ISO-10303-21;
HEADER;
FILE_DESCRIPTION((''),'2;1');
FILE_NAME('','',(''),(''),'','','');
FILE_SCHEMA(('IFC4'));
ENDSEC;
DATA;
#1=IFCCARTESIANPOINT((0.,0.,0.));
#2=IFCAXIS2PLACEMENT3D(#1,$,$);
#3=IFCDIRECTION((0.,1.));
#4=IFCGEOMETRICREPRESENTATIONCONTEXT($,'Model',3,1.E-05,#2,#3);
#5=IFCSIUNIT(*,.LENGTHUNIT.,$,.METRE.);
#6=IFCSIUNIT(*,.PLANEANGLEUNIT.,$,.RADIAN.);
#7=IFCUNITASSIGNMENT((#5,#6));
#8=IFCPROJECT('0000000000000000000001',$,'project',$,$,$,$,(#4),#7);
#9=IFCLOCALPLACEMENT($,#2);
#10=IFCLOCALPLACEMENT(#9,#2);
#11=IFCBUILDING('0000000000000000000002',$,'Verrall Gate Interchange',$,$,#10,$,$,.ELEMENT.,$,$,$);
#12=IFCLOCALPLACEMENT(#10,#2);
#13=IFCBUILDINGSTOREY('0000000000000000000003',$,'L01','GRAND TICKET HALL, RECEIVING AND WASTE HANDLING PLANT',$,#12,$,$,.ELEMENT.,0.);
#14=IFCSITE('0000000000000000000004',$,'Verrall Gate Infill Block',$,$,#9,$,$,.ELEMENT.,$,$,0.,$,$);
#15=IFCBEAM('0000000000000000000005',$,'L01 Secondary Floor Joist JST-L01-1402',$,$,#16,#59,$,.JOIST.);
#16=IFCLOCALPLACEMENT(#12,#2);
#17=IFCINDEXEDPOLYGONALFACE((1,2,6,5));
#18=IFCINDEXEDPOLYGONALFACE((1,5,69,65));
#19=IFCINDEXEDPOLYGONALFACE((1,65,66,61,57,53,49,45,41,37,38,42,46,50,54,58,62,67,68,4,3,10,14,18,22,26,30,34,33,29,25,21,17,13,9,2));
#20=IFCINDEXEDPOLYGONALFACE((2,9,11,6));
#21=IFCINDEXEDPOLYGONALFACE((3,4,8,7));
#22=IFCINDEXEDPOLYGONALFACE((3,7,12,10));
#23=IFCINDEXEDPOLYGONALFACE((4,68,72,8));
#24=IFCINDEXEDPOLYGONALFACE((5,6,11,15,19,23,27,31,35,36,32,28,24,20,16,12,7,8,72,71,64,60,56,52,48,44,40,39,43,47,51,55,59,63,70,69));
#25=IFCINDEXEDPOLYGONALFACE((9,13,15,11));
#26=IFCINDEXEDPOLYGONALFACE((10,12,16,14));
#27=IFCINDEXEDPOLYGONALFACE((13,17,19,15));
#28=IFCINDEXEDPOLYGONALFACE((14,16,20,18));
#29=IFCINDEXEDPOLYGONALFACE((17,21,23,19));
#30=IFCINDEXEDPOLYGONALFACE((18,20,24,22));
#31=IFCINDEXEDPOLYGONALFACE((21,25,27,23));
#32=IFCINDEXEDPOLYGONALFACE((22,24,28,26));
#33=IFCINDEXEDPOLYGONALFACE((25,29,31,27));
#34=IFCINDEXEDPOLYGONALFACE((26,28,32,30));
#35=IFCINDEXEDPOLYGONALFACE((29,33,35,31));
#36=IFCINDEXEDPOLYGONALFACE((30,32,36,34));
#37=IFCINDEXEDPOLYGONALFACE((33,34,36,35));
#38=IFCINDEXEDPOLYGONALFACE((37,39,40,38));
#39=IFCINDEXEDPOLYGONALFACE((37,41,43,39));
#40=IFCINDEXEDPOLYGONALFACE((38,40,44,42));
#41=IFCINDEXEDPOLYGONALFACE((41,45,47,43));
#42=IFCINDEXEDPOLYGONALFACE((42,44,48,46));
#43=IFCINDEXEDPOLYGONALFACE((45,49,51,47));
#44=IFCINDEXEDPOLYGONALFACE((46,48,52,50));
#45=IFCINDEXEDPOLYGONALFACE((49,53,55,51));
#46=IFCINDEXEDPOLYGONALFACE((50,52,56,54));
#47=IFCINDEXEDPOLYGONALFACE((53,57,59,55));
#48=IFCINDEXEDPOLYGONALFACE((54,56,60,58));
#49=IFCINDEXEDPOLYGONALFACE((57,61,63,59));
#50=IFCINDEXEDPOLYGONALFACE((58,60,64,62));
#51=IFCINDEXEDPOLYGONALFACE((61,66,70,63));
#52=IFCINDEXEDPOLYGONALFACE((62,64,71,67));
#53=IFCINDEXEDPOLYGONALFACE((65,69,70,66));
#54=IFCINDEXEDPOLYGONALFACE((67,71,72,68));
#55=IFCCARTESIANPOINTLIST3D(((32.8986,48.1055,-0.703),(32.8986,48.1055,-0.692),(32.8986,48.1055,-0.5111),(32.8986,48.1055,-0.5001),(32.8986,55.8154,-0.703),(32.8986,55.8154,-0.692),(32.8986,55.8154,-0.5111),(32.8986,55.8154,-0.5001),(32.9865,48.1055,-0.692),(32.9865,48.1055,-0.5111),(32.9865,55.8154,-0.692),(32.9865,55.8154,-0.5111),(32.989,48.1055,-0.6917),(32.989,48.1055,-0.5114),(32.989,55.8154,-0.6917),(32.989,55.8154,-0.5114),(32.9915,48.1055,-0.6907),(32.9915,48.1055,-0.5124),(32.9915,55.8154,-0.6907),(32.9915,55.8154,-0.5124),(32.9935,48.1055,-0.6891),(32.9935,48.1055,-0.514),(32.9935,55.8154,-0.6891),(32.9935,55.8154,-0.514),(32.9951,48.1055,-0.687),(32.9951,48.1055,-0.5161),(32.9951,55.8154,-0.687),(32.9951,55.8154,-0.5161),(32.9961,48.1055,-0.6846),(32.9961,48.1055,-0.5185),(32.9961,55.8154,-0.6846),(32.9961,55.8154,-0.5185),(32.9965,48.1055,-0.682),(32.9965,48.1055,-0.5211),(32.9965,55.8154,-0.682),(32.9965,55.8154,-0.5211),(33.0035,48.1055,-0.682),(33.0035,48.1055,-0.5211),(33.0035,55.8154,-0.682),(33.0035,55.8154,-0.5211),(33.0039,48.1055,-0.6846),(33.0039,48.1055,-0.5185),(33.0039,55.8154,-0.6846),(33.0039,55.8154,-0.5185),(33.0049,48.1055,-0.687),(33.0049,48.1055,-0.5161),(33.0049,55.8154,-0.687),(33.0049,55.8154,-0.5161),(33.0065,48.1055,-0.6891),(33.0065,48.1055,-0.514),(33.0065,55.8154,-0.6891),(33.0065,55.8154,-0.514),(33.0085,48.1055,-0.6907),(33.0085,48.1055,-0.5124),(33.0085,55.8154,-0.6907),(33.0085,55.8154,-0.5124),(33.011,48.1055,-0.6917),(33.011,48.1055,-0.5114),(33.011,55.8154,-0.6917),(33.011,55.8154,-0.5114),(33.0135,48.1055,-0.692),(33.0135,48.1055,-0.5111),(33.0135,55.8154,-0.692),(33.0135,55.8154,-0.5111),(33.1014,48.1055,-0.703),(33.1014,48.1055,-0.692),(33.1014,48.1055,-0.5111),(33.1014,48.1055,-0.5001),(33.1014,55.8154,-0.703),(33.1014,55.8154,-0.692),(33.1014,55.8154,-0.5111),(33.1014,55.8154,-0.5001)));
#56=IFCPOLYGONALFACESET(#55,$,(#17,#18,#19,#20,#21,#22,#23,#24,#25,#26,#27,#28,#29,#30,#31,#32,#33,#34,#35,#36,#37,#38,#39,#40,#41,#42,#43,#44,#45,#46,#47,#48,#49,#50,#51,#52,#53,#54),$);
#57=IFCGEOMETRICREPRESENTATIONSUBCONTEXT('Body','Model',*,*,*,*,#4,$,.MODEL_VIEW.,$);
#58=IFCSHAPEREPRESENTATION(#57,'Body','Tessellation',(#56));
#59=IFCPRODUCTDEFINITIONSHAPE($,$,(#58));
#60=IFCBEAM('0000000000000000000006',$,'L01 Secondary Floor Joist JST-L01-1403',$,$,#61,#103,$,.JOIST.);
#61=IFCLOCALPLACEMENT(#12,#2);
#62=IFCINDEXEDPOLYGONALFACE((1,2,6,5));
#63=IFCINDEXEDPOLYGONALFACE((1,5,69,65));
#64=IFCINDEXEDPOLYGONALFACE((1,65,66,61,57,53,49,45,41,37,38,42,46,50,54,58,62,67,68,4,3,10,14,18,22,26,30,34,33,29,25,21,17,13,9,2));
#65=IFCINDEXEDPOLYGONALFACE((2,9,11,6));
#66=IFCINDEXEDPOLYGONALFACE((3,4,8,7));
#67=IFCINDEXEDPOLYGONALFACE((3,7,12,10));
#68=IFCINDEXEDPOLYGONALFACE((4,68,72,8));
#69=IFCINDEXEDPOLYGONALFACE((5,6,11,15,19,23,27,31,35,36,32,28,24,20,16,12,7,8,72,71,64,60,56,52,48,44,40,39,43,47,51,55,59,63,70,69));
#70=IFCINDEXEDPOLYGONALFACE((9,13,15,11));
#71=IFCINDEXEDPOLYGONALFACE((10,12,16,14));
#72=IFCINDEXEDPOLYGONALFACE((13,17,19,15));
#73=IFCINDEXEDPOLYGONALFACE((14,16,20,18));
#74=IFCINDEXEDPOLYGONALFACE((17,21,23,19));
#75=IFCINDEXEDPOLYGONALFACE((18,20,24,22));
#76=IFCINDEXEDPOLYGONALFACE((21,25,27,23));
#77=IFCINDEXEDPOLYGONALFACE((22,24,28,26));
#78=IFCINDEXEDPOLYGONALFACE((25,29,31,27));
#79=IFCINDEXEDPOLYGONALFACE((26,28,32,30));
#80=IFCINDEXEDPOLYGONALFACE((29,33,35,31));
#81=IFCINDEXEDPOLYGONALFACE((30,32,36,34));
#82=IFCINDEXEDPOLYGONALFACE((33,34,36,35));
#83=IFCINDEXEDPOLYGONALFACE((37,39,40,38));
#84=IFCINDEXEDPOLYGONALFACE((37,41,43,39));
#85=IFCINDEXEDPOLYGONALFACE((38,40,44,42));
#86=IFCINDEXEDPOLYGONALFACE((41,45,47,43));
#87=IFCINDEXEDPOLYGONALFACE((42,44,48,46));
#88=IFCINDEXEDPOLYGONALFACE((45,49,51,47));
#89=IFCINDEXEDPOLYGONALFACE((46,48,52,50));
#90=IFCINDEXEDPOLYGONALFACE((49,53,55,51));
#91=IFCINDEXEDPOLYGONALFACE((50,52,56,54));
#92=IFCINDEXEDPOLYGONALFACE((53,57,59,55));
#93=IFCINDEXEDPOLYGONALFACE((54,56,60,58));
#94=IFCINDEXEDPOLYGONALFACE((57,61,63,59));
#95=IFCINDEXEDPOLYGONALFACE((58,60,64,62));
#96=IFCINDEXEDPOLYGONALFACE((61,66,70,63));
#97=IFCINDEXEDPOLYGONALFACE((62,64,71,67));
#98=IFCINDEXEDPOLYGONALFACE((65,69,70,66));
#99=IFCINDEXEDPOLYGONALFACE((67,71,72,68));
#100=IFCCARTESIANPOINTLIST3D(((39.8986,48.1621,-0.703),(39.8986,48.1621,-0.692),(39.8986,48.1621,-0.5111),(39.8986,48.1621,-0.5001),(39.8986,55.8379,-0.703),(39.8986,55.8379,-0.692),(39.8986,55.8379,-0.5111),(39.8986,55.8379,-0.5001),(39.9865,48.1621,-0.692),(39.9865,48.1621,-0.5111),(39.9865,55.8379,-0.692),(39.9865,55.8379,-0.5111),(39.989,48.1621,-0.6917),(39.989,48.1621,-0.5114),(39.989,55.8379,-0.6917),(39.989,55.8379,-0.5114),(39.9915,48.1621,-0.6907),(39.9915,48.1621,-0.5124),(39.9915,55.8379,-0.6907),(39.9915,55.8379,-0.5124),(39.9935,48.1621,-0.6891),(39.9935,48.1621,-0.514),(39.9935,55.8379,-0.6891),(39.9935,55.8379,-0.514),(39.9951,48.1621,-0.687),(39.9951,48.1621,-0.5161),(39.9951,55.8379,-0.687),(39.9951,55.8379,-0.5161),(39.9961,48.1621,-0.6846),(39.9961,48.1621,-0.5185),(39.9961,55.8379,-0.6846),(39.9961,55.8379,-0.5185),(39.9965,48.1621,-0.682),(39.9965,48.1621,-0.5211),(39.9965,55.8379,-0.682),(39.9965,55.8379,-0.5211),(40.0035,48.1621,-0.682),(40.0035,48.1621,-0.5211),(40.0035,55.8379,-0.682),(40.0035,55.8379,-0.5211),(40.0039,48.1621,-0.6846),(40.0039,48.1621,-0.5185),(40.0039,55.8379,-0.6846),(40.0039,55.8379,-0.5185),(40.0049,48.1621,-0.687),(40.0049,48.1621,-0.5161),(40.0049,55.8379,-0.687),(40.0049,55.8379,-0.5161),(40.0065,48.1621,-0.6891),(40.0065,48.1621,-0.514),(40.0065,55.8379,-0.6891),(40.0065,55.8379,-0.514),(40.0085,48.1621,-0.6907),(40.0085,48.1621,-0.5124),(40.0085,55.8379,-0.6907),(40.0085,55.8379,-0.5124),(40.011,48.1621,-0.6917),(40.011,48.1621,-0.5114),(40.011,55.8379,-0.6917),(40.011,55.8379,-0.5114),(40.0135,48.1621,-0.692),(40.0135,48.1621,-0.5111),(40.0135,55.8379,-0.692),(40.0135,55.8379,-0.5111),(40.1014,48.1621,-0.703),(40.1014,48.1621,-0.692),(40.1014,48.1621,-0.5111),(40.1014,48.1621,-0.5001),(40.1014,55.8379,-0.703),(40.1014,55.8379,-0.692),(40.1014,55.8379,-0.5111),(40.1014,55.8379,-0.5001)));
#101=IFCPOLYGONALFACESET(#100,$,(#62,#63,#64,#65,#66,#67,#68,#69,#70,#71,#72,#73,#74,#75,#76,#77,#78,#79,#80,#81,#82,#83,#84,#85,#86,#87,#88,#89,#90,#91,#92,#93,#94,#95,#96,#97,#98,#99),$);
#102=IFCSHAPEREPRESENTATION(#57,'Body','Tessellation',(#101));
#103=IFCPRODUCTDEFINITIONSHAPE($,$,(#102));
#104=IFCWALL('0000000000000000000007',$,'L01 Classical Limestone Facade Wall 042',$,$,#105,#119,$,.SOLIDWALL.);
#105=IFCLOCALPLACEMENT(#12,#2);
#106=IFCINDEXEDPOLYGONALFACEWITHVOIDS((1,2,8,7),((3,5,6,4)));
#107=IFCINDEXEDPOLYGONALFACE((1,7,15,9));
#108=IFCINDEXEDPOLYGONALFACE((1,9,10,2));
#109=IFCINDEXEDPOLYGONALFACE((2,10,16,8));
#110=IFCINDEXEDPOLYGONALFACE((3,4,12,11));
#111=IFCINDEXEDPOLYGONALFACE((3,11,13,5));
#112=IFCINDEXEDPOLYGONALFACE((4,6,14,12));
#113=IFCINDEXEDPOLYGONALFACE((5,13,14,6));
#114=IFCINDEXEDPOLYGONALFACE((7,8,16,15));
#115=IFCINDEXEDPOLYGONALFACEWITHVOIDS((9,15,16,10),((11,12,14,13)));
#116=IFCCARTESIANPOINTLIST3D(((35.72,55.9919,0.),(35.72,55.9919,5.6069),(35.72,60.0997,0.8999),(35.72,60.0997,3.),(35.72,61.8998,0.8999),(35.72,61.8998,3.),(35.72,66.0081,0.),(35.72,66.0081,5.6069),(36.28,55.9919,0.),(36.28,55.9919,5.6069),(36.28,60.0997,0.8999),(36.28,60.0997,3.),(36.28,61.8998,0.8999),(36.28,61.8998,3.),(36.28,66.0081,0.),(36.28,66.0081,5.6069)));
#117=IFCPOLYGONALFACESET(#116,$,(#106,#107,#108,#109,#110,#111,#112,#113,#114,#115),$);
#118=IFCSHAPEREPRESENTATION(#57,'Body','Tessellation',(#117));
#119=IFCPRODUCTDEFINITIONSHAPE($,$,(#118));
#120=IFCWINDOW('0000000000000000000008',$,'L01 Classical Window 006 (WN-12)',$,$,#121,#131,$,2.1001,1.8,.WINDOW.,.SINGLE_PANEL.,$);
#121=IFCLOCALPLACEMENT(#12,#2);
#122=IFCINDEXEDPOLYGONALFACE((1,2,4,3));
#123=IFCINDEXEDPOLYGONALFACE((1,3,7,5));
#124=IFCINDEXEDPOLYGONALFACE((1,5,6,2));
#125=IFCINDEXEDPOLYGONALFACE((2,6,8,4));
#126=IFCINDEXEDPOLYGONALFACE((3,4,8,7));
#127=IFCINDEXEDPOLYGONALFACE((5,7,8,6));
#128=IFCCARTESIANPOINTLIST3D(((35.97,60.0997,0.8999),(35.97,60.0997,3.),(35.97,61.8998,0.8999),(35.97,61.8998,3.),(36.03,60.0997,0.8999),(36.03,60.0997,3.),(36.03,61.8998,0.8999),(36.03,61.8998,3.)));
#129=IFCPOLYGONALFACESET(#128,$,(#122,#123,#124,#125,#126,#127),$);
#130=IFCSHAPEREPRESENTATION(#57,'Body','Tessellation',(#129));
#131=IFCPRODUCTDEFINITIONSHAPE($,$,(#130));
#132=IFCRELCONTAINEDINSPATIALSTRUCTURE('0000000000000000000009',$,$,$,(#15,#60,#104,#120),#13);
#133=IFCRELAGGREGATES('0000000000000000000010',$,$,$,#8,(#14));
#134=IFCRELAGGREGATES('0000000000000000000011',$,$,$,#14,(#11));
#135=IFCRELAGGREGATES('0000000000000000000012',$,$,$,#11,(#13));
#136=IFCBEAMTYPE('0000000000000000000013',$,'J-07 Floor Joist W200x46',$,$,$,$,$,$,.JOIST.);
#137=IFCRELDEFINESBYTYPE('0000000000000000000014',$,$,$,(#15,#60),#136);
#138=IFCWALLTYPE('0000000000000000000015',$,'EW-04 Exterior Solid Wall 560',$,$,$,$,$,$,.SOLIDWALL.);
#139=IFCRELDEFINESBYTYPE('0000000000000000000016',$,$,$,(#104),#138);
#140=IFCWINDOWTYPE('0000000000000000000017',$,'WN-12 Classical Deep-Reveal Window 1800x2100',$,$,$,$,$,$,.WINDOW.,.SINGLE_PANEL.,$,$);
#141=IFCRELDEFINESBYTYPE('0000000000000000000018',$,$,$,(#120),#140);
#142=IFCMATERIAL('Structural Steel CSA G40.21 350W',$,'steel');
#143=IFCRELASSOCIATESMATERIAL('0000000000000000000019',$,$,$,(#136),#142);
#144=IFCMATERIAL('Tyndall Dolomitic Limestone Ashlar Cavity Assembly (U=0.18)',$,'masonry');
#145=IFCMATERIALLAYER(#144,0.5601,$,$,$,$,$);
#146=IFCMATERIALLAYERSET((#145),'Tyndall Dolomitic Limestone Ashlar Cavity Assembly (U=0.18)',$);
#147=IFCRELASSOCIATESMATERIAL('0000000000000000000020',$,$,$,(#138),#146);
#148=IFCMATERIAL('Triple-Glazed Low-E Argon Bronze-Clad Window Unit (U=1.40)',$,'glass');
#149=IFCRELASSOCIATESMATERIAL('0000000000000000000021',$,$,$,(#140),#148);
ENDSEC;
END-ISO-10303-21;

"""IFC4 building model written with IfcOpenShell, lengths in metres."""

from ifc_helpers import new_model, si_unit, direction, frame, frame_2d, origin, origin_2d, place, context, subcontext, project, spatial, rectangle, i_section, extrude, material, layer, layer_set, material_profile, profile_set, type_object, element, fill, save


model = new_model("IFC4")

# Units and contexts
model_context = context("Model", 3, precision=1e-05, world=origin(), true_north=direction((0.0, 1.0)))
body_context = subcontext(model_context, "Body", "Model", "MODEL_VIEW")
ifc_project = project(units=[si_unit("LENGTHUNIT", "METRE"), si_unit("PLANEANGLEUNIT", "RADIAN")], contexts=[model_context])

# Site, building, storey
site_placement = place(None, origin())
site = spatial("IfcSite", under=ifc_project, at=site_placement, Name="Verrall Gate Infill Block", CompositionType="ELEMENT", RefElevation=0.0)
building_placement = place(site_placement, origin())
building = spatial("IfcBuilding", under=site, at=building_placement, Name="Verrall Gate Interchange", CompositionType="ELEMENT")
storey_placement = place(building_placement, origin())
storey = spatial("IfcBuildingStorey", under=building, at=storey_placement, Name="L01", Description="GRAND TICKET HALL, RECEIVING AND WASTE HANDLING PLANT", CompositionType="ELEMENT", Elevation=0.0)

# Beams
ifc_material_1 = material(Name="Structural Steel CSA G40.21 350W", Category="steel")
ifc_material_profile_1 = material_profile(ifc_material_1, i_section(OverallWidth=0.2029, OverallDepth=0.2029, WebThickness=0.0071, FlangeThickness=0.011, FilletRadius=0.01, at=origin_2d()), Name="W200x46")
ifc_profile_set_1 = profile_set([ifc_material_profile_1], Name="Structural Steel CSA G40.21 350W")
beam_type_1 = type_object("IfcBeamType", Name="J-07 Floor Joist W200x46", PredefinedType="JOIST", material=ifc_profile_set_1)
beam_1_placement = place(storey_placement, frame((33.0, 48.1055, -0.6016), z_axis=(0.0, 1.0, 0.0), x_axis=(-1.0, 0.0, 0.0)))
element("IfcBeam", 1, at=beam_1_placement, inside=storey, type_object=beam_type_1, Name="L01 Secondary Floor Joist JST-L01-1402", PredefinedType="JOIST", context=body_context, shape_type="SweptSolid", body=[
    extrude(i_section(OverallWidth=0.2029, OverallDepth=0.2029, WebThickness=0.0071, FlangeThickness=0.011, FilletRadius=0.01, at=origin_2d()), origin(), (0.0, 0.0, 1.0), 7.71),
])
beam_2_placement = place(storey_placement, frame((40.0, 48.1621, -0.6016), z_axis=(0.0, 1.0, 0.0), x_axis=(-1.0, 0.0, 0.0)))
element("IfcBeam", 2, at=beam_2_placement, inside=storey, type_object=beam_type_1, Name="L01 Secondary Floor Joist JST-L01-1403", PredefinedType="JOIST", context=body_context, shape_type="SweptSolid", body=[
    extrude(i_section(OverallWidth=0.2029, OverallDepth=0.2029, WebThickness=0.0071, FlangeThickness=0.011, FilletRadius=0.01, at=origin_2d()), origin(), (0.0, 0.0, 1.0), 7.6758),
])

# Wall, opening, window
ifc_material_2 = material(Name="Tyndall Dolomitic Limestone Ashlar Cavity Assembly (U=0.18)", Category="masonry")
ifc_layer = layer(ifc_material_2, 0.5601)
ifc_layer_set = layer_set([ifc_layer], Name="Tyndall Dolomitic Limestone Ashlar Cavity Assembly (U=0.18)")
wall_type = type_object("IfcWallType", Name="EW-04 Exterior Solid Wall 560", PredefinedType="SOLIDWALL", material=ifc_layer_set)
wall_placement = place(storey_placement, frame((36.0, 55.9919, 0.0), z_axis=(0.0, 0.0, 1.0), x_axis=(0.0, 1.0, 0.0)))
wall = element("IfcWall", 3, at=wall_placement, inside=storey, type_object=wall_type, Name="L01 Classical Limestone Facade Wall 042", PredefinedType="SOLIDWALL", context=body_context, shape_type="SweptSolid", body=[
    extrude(rectangle(XDim=10.0161, YDim=0.5601, at=frame_2d((5.0081, 0.0))), origin(), (0.0, 0.0, 1.0), 5.6069),
])
opening_placement = place(wall_placement, frame((4.1079, 0.0, 0.8999)))
opening = element("IfcOpeningElement", 4, at=opening_placement, cuts=wall, PredefinedType="OPENING", context=body_context, shape_type="SweptSolid", body=[
    extrude(rectangle(XDim=1.8, YDim=2.1001, at=frame_2d((0.8999, 1.05))), frame((0.0, 0.2949, 0.0), z_axis=(0.0, -1.0, 0.0), x_axis=(1.0, 0.0, 0.0)), (0.0, 0.0, 1.0), 0.5898),
])
ifc_material_3 = material(Name="Triple-Glazed Low-E Argon Bronze-Clad Window Unit (U=1.40)", Category="glass")
window_type = type_object("IfcWindowType", Name="WN-12 Classical Deep-Reveal Window 1800x2100", PartitioningType="SINGLE_PANEL", PredefinedType="WINDOW", material=ifc_material_3)
window_placement = place(opening_placement, origin())
window = element("IfcWindow", 5, at=window_placement, inside=storey, type_object=window_type, Name="L01 Classical Window 006 (WN-12)", OverallHeight=2.1001, OverallWidth=1.8, PartitioningType="SINGLE_PANEL", PredefinedType="WINDOW", context=body_context, shape_type="SweptSolid", body=[
    extrude(rectangle(XDim=1.8, YDim=2.1001, at=frame_2d((0.8999, 1.05))), frame((0.0, 0.03, 0.0), z_axis=(0.0, -1.0, 0.0), x_axis=(1.0, 0.0, 0.0)), (0.0, 0.0, 1.0), 0.0601),
])
fill(opening, window)

save(model, "model.ifc")
